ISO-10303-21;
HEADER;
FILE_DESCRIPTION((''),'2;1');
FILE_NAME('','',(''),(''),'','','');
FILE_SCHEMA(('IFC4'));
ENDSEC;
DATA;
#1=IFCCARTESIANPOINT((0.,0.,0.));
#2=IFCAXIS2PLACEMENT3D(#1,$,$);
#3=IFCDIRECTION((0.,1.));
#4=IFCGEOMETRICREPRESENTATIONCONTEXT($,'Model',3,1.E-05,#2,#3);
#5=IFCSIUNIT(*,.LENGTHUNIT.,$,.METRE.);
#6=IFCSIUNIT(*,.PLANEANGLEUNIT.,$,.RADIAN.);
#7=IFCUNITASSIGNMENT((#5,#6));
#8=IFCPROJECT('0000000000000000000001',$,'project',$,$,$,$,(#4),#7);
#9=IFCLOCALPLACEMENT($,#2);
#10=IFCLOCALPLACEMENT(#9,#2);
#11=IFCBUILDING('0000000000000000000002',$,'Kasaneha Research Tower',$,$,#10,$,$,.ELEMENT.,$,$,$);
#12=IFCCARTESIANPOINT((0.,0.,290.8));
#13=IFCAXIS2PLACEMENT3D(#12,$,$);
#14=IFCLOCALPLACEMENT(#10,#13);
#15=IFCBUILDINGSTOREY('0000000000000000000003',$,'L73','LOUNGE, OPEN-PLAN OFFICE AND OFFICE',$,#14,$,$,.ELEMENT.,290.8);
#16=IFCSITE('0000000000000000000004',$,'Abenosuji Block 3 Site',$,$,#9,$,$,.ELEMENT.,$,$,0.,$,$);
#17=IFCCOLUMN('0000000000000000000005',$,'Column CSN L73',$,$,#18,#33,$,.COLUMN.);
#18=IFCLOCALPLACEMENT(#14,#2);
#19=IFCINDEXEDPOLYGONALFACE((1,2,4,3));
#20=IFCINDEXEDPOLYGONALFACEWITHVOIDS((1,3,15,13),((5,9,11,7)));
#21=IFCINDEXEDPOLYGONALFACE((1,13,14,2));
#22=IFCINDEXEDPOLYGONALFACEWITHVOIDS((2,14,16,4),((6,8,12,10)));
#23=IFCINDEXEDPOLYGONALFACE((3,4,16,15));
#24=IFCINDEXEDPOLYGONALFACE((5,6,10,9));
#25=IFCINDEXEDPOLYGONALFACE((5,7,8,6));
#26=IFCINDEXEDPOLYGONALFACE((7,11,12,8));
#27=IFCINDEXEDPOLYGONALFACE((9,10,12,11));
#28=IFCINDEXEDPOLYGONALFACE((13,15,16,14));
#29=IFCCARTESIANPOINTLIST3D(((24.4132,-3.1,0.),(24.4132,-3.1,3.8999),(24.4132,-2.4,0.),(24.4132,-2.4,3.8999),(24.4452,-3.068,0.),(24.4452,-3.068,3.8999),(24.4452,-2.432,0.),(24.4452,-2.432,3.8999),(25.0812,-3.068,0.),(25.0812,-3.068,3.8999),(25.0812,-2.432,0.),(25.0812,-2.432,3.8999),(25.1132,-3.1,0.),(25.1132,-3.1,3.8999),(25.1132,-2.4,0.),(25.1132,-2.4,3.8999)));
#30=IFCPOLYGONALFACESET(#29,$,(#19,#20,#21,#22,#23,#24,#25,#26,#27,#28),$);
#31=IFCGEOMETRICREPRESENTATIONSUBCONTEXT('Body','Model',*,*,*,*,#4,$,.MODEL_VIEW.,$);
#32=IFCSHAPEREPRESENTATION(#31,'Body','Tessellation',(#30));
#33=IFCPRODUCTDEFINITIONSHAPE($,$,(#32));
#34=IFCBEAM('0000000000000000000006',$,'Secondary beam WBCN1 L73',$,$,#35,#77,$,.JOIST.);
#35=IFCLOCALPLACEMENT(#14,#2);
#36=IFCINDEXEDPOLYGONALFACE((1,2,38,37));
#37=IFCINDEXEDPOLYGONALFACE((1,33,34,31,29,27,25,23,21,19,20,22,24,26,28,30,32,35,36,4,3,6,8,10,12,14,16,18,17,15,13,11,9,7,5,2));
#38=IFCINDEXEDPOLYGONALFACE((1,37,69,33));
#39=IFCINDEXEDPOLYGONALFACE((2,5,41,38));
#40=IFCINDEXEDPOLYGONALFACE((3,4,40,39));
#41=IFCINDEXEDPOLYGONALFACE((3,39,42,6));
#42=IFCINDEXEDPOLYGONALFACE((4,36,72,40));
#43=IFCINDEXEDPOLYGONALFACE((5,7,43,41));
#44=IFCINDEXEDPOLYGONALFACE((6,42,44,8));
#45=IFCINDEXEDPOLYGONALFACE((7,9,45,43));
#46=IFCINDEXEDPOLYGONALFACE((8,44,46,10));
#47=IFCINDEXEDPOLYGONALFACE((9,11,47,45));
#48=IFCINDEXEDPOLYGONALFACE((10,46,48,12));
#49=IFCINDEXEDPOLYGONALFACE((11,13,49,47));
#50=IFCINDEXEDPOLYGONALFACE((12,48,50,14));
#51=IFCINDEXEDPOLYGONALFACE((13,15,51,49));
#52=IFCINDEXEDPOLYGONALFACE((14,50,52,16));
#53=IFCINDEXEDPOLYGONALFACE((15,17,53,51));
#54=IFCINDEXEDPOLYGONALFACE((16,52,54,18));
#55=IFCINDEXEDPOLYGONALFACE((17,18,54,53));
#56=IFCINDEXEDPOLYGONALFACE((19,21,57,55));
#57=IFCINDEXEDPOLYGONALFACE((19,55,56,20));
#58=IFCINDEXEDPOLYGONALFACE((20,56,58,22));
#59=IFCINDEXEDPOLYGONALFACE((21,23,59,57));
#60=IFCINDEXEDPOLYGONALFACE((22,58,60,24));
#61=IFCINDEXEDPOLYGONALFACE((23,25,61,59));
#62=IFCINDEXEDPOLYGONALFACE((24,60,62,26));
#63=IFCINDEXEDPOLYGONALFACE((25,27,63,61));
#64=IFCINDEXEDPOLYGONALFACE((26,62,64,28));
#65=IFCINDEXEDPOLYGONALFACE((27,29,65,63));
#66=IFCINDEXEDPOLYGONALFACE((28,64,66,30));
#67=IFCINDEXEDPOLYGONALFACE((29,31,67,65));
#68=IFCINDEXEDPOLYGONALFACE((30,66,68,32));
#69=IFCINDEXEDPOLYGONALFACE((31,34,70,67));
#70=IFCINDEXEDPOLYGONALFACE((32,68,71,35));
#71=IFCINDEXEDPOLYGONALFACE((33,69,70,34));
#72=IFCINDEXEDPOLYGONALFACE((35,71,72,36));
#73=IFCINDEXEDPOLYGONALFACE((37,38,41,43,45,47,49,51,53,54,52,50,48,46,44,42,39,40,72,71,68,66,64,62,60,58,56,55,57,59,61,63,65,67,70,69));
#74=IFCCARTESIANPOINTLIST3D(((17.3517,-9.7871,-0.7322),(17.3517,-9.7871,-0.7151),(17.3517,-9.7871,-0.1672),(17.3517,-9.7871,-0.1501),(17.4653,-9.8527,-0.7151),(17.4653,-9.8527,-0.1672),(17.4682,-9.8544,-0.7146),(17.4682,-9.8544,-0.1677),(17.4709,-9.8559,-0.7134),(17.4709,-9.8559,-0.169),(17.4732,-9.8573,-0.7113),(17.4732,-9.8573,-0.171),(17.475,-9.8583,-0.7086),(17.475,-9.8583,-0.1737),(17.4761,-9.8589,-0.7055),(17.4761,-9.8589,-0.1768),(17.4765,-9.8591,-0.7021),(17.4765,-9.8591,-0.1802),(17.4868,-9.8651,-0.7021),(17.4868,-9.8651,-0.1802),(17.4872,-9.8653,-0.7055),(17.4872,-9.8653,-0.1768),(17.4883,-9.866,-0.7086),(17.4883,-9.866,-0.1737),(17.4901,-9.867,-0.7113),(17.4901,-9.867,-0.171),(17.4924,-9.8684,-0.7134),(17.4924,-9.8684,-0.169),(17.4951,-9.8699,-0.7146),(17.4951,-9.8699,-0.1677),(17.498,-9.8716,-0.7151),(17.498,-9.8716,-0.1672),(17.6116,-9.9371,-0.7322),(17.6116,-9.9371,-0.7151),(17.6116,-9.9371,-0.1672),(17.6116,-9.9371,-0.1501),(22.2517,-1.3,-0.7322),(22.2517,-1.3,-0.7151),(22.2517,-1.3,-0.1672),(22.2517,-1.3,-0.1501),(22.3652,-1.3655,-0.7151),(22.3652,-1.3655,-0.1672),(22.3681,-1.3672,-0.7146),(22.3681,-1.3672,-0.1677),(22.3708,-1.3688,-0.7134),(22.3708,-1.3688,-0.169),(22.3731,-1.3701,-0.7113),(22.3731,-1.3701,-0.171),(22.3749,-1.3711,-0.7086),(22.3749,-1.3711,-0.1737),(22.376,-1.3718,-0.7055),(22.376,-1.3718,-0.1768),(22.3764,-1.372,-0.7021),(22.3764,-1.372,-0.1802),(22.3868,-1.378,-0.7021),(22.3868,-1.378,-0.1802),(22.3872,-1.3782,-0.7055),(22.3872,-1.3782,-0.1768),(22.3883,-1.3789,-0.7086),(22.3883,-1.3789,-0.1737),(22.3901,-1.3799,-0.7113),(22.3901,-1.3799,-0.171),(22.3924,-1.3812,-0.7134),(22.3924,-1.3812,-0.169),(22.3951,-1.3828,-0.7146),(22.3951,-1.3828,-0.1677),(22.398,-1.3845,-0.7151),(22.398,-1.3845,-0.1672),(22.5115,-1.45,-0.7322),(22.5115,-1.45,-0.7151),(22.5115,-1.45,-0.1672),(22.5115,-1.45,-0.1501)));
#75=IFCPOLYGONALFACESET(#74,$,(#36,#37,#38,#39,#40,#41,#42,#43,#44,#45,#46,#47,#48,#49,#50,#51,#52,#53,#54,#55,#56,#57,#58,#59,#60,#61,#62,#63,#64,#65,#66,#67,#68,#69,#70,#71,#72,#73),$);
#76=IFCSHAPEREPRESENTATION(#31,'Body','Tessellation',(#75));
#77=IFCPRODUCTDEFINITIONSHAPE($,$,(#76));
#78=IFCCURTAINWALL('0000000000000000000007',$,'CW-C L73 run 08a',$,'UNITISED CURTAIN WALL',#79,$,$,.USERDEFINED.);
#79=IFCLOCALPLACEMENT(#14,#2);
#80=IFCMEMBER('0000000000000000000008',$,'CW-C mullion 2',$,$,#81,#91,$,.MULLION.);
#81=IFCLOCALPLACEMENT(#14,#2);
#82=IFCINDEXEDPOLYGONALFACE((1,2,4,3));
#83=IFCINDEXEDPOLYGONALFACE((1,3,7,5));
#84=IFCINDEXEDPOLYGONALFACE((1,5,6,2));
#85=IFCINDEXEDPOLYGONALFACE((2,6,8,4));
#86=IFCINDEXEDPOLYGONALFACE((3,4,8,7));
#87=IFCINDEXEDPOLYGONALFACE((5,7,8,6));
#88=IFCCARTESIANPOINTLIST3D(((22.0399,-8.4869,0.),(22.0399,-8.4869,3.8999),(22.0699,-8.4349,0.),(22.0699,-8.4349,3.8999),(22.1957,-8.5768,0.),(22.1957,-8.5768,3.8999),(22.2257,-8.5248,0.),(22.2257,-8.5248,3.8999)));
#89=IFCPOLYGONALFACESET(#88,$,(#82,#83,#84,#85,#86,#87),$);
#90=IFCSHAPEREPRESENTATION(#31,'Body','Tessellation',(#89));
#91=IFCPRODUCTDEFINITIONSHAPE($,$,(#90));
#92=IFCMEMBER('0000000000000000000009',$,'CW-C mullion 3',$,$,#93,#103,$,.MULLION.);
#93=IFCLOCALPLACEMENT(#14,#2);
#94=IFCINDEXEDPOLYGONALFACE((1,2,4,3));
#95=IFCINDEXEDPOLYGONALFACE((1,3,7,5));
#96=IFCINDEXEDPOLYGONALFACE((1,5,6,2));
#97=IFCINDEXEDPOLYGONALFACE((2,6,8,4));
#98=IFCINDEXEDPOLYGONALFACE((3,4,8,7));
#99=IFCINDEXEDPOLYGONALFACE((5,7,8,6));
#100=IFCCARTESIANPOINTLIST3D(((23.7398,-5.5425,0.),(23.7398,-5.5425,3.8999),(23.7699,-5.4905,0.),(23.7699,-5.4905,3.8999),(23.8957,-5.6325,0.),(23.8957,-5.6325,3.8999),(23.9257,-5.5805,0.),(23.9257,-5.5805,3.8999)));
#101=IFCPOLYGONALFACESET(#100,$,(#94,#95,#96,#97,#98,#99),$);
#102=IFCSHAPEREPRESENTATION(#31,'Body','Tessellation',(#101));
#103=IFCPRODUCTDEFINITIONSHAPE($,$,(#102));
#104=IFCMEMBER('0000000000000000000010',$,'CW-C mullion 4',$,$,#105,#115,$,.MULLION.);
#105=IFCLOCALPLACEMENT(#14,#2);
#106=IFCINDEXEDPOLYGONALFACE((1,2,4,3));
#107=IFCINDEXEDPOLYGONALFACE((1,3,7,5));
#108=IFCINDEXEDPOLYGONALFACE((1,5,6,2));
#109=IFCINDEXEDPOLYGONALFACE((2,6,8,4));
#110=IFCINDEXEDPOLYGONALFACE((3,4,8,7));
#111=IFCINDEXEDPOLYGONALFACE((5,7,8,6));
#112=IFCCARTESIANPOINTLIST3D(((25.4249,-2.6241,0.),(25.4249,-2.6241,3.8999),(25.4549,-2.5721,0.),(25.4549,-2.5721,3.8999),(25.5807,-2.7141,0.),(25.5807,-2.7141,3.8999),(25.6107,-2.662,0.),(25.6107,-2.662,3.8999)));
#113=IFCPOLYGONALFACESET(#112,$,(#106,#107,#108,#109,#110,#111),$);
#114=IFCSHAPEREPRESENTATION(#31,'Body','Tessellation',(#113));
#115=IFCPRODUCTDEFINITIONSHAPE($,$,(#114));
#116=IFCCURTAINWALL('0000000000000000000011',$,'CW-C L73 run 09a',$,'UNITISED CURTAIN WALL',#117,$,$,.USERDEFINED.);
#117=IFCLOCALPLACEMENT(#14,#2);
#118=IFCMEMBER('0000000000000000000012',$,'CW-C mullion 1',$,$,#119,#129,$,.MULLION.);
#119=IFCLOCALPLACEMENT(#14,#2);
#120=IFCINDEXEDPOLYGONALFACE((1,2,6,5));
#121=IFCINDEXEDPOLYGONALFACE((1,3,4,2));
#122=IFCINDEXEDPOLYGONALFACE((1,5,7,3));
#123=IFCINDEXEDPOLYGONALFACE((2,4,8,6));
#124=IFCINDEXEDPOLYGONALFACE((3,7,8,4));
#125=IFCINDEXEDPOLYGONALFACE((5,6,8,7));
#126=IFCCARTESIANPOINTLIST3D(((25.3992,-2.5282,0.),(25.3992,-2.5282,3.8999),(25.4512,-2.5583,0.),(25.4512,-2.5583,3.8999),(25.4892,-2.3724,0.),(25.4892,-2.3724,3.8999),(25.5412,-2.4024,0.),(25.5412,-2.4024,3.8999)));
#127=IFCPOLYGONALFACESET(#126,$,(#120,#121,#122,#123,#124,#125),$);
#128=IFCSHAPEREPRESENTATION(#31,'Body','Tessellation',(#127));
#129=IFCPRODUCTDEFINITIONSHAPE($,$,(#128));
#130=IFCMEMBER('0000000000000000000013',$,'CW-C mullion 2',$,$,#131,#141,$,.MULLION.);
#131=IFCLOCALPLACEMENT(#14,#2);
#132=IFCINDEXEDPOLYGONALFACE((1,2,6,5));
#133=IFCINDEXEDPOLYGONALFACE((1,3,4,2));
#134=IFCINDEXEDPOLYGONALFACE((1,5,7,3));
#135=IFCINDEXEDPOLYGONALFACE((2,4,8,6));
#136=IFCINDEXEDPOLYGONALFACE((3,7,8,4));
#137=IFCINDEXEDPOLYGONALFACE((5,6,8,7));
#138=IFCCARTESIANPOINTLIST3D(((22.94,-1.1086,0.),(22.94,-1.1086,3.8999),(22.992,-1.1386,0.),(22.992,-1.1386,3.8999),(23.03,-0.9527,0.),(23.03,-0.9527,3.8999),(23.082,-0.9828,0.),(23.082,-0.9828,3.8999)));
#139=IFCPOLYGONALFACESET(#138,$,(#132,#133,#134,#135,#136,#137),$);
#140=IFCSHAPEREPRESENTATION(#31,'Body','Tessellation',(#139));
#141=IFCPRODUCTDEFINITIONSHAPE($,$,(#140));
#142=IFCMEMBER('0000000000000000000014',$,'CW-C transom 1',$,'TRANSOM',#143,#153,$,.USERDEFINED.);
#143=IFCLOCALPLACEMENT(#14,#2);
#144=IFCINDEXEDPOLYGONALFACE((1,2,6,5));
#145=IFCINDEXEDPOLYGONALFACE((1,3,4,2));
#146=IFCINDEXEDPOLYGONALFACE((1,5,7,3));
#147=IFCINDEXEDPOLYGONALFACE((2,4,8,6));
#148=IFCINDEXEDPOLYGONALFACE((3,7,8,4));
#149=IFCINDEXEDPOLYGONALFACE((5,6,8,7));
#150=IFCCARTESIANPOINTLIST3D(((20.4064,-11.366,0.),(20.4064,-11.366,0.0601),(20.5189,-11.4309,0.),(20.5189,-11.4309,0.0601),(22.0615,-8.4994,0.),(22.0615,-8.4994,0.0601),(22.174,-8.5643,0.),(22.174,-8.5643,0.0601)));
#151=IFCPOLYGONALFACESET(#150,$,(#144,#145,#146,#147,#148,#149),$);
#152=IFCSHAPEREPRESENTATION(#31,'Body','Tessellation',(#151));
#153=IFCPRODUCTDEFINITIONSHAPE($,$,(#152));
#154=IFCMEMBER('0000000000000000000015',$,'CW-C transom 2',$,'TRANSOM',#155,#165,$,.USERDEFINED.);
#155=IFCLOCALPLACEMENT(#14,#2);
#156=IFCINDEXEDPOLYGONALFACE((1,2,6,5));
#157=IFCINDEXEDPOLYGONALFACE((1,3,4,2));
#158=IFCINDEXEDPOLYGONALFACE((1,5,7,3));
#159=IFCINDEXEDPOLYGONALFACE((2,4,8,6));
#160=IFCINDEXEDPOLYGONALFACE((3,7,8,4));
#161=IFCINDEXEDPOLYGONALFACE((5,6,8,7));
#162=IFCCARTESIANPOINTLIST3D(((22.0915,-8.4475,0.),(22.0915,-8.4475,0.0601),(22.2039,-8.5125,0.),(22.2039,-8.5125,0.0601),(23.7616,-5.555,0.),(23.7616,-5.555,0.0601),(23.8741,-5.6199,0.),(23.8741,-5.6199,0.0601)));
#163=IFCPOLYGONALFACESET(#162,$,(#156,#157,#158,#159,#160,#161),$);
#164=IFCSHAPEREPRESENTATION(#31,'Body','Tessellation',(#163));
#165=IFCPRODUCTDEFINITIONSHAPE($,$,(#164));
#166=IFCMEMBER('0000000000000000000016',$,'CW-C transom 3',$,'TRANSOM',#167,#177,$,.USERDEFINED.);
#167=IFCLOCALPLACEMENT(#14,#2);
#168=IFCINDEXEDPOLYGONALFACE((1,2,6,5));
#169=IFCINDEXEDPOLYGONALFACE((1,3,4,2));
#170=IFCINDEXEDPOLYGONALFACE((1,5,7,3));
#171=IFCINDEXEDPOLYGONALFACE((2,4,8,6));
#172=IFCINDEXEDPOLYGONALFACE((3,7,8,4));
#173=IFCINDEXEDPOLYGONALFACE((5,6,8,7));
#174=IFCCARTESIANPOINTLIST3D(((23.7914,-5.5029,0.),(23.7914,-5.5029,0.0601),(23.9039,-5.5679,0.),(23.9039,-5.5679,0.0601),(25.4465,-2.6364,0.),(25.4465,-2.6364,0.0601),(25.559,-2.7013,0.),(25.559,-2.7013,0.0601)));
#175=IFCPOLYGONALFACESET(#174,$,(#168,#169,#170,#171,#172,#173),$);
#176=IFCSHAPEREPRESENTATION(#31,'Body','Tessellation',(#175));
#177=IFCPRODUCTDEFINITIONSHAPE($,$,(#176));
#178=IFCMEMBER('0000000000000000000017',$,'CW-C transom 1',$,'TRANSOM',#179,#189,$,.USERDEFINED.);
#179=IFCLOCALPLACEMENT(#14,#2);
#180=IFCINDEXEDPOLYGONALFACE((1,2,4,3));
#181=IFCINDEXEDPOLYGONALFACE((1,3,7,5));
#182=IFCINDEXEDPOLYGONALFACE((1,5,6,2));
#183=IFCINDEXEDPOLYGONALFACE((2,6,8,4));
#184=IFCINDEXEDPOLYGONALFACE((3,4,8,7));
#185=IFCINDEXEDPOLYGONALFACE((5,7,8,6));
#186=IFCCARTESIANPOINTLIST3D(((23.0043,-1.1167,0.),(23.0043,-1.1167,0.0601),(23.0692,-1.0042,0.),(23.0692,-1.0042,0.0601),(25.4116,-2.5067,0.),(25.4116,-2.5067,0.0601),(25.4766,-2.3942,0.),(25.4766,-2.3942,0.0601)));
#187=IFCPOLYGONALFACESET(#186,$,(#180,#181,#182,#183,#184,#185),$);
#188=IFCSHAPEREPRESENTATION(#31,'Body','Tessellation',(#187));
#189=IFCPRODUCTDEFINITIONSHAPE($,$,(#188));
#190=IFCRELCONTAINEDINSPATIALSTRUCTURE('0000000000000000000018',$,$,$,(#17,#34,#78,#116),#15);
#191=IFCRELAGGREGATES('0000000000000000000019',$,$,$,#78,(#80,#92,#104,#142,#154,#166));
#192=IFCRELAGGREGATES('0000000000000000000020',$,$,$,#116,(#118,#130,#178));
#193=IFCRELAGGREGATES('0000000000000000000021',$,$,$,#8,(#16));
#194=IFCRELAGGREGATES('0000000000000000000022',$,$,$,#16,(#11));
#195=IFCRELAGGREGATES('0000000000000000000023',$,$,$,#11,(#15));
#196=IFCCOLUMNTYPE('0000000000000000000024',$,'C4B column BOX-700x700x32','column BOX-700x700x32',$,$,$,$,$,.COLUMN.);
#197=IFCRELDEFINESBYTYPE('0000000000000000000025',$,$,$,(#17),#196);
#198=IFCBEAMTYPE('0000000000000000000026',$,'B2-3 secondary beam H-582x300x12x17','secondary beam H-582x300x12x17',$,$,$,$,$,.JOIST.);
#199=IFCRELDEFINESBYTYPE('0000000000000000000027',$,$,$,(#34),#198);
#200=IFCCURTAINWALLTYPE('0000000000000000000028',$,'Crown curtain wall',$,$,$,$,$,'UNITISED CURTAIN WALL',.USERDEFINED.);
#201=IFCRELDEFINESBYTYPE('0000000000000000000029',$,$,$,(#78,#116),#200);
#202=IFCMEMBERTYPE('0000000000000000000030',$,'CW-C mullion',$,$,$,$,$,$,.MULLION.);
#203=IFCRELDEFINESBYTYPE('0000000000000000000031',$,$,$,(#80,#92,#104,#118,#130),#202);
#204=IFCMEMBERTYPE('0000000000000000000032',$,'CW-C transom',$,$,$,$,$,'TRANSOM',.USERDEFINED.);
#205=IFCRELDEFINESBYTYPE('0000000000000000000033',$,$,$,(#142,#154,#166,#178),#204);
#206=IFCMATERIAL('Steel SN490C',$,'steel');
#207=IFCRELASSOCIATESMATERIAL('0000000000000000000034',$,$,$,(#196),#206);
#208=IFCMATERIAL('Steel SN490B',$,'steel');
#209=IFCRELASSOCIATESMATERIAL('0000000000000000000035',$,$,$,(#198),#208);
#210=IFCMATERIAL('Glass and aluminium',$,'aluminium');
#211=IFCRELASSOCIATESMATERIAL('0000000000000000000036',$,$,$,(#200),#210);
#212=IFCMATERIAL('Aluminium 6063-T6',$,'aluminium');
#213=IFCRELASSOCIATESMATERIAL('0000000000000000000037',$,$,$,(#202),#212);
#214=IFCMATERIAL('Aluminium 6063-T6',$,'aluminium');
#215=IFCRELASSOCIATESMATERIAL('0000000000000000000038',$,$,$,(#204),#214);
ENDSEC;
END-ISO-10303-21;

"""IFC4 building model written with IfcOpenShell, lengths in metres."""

from ifc_helpers import new_model, si_unit, direction, frame, origin, origin_2d, place, context, subcontext, project, spatial, rectangle, hollow_rectangle, i_section, extrude, material, material_profile, profile_set, type_object, element, aggregate, save


model = new_model("IFC4")

# Units and contexts
model_context = context("Model", 3, precision=1e-05, world=origin(), true_north=direction((0.0, 1.0)))
body_context = subcontext(model_context, "Body", "Model", "MODEL_VIEW")
ifc_project = project(units=[si_unit("LENGTHUNIT", "METRE"), si_unit("PLANEANGLEUNIT", "RADIAN")], contexts=[model_context])

# Site, building, storey
site_placement = place(None, origin())
site = spatial("IfcSite", under=ifc_project, at=site_placement, Name="Abenosuji Block 3 Site", CompositionType="ELEMENT", RefElevation=0.0)
building_placement = place(site_placement, origin())
building = spatial("IfcBuilding", under=site, at=building_placement, Name="Kasaneha Research Tower", CompositionType="ELEMENT")
storey_placement = place(building_placement, frame((0.0, 0.0, 290.8)))
storey = spatial("IfcBuildingStorey", under=building, at=storey_placement, Name="L73", Description="LOUNGE, OPEN-PLAN OFFICE AND OFFICE", CompositionType="ELEMENT", Elevation=290.8)

# Column
ifc_material_1 = material(Name="Steel SN490C", Category="steel")
ifc_material_profile_1 = material_profile(ifc_material_1, hollow_rectangle(XDim=0.7, YDim=0.7, WallThickness=0.032, at=origin_2d()), Name="BOX-700x700x32")
ifc_profile_set_1 = profile_set([ifc_material_profile_1], Name="Steel SN490C")
column_type = type_object("IfcColumnType", Name="C4B column BOX-700x700x32", Description="column BOX-700x700x32", PredefinedType="COLUMN", material=ifc_profile_set_1)
column_placement = place(storey_placement, frame((24.7632, -2.75, 0.0), z_axis=(0.0, 0.0, 1.0), x_axis=(1.0, 0.0, 0.0)))
element("IfcColumn", 1, at=column_placement, inside=storey, type_object=column_type, Name="Column CSN L73", PredefinedType="COLUMN", context=body_context, shape_type="SweptSolid", body=[
    extrude(hollow_rectangle(XDim=0.7, YDim=0.7, WallThickness=0.032, at=origin_2d()), origin(), (0.0, 0.0, 1.0), 3.8999),
])

# Beam
ifc_material_2 = material(Name="Steel SN490B", Category="steel")
ifc_material_profile_2 = material_profile(ifc_material_2, i_section(OverallWidth=0.3, OverallDepth=0.582, WebThickness=0.012, FlangeThickness=0.0171, FilletRadius=0.0129, at=origin_2d()), Name="H-582x300x12x17")
ifc_profile_set_2 = profile_set([ifc_material_profile_2], Name="Steel SN490B")
beam_type_1 = type_object("IfcBeamType", Name="B2-3 secondary beam H-582x300x12x17", Description="secondary beam H-582x300x12x17", PredefinedType="JOIST", material=ifc_profile_set_2)
beam_1_placement = place(storey_placement, frame((22.3816, -1.375, -0.4412), z_axis=(-0.499992, -0.86603, 0.0), x_axis=(0.86603, -0.499992, 0.0)))
element("IfcBeam", 2, at=beam_1_placement, inside=storey, type_object=beam_type_1, Name="Secondary beam WBCN1 L73", PredefinedType="JOIST", context=body_context, shape_type="SweptSolid", body=[
    extrude(i_section(OverallWidth=0.3, OverallDepth=0.582, WebThickness=0.012, FlangeThickness=0.0171, FilletRadius=0.0129, at=origin_2d()), origin(), (0.0, 0.0, 1.0), 9.8),
])

# Curtain walls, members
ifc_material_3 = material(Name="Glass and aluminium", Category="aluminium")
curtain_wall_type = type_object("IfcCurtainWallType", Name="Crown curtain wall", ElementType="UNITISED CURTAIN WALL", PredefinedType="USERDEFINED", material=ifc_material_3)
curtain_wall_1_placement = place(storey_placement, origin())
curtain_wall_1 = element("IfcCurtainWall", 3, at=curtain_wall_1_placement, inside=storey, type_object=curtain_wall_type, Name="CW-C L73 run 08a", ObjectType="UNITISED CURTAIN WALL", PredefinedType="USERDEFINED")
ifc_material_4 = material(Name="Aluminium 6063-T6", Category="aluminium")
ifc_material_profile_3 = material_profile(ifc_material_4, rectangle(XDim=0.0601, YDim=0.1799, at=origin_2d()), Name="CW-C mullion 60x180")
ifc_profile_set_3 = profile_set([ifc_material_profile_3], Name="Aluminium 6063-T6")
member_type_1 = type_object("IfcMemberType", Name="CW-C mullion", PredefinedType="MULLION", material=ifc_profile_set_3)
member_1_placement = place(storey_placement, frame((22.1328, -8.5059, 0.0), z_axis=(0.0, 0.0, 1.0), x_axis=(0.5, 0.866025, 0.0)))
member_1 = element("IfcMember", 4, at=member_1_placement, type_object=member_type_1, Name="CW-C mullion 2", PredefinedType="MULLION", context=body_context, shape_type="SweptSolid", body=[
    extrude(rectangle(XDim=0.0601, YDim=0.1799, at=origin_2d()), origin(), (0.0, 0.0, 1.0), 3.8999),
])
member_2_placement = place(storey_placement, frame((23.8328, -5.5615, 0.0), z_axis=(0.0, 0.0, 1.0), x_axis=(0.5, 0.866025, 0.0)))
member_2 = element("IfcMember", 5, at=member_2_placement, type_object=member_type_1, Name="CW-C mullion 3", PredefinedType="MULLION", context=body_context, shape_type="SweptSolid", body=[
    extrude(rectangle(XDim=0.0601, YDim=0.1799, at=origin_2d()), origin(), (0.0, 0.0, 1.0), 3.8999),
])
member_3_placement = place(storey_placement, frame((25.5178, -2.6431, 0.0), z_axis=(0.0, 0.0, 1.0), x_axis=(0.5, 0.866025, 0.0)))
member_3 = element("IfcMember", 6, at=member_3_placement, type_object=member_type_1, Name="CW-C mullion 4", PredefinedType="MULLION", context=body_context, shape_type="SweptSolid", body=[
    extrude(rectangle(XDim=0.0601, YDim=0.1799, at=origin_2d()), origin(), (0.0, 0.0, 1.0), 3.8999),
])
curtain_wall_2_placement = place(storey_placement, origin())
curtain_wall_2 = element("IfcCurtainWall", 7, at=curtain_wall_2_placement, inside=storey, type_object=curtain_wall_type, Name="CW-C L73 run 09a", ObjectType="UNITISED CURTAIN WALL", PredefinedType="USERDEFINED")
member_4_placement = place(storey_placement, frame((25.4702, -2.4653, 0.0), z_axis=(0.0, 0.0, 1.0), x_axis=(-0.866025, 0.5, 0.0)))
member_4 = element("IfcMember", 8, at=member_4_placement, type_object=member_type_1, Name="CW-C mullion 1", PredefinedType="MULLION", context=body_context, shape_type="SweptSolid", body=[
    extrude(rectangle(XDim=0.0601, YDim=0.1799, at=origin_2d()), origin(), (0.0, 0.0, 1.0), 3.8999),
])
member_5_placement = place(storey_placement, frame((23.011, -1.0457, 0.0), z_axis=(0.0, 0.0, 1.0), x_axis=(-0.866025, 0.5, 0.0)))
member_5 = element("IfcMember", 9, at=member_5_placement, type_object=member_type_1, Name="CW-C mullion 2", PredefinedType="MULLION", context=body_context, shape_type="SweptSolid", body=[
    extrude(rectangle(XDim=0.0601, YDim=0.1799, at=origin_2d()), origin(), (0.0, 0.0, 1.0), 3.8999),
])

# Members
ifc_material_5 = material(Name="Aluminium 6063-T6", Category="aluminium")
ifc_material_profile_4 = material_profile(ifc_material_5, rectangle(XDim=0.1299, YDim=0.0601, at=origin_2d()), Name="CW-C transom 130x60")
ifc_profile_set_4 = profile_set([ifc_material_profile_4], Name="Aluminium 6063-T6")
member_type_2 = type_object("IfcMemberType", Name="CW-C transom", ElementType="TRANSOM", PredefinedType="USERDEFINED", material=ifc_profile_set_4)
member_6_placement = place(storey_placement, frame((20.4626, -11.3984, 0.03), z_axis=(0.500018, 0.866015, 0.0), x_axis=(-0.866015, 0.500018, 0.0)))
member_6 = element("IfcMember", 10, at=member_6_placement, type_object=member_type_2, Name="CW-C transom 1", ObjectType="TRANSOM", PredefinedType="USERDEFINED", context=body_context, shape_type="SweptSolid", body=[
    extrude(rectangle(XDim=0.1299, YDim=0.0601, at=origin_2d()), origin(), (0.0, 0.0, 1.0), 3.3101),
])
member_7_placement = place(storey_placement, frame((22.1477, -8.48, 0.03), z_axis=(0.50003, 0.866008, 0.0), x_axis=(-0.866008, 0.50003, 0.0)))
member_7 = element("IfcMember", 11, at=member_7_placement, type_object=member_type_2, Name="CW-C transom 2", ObjectType="TRANSOM", PredefinedType="USERDEFINED", context=body_context, shape_type="SweptSolid", body=[
    extrude(rectangle(XDim=0.1299, YDim=0.0601, at=origin_2d()), origin(), (0.0, 0.0, 1.0), 3.3401),
])
member_8_placement = place(storey_placement, frame((23.8477, -5.5354, 0.03), z_axis=(0.500018, 0.866015, 0.0), x_axis=(-0.866015, 0.500018, 0.0)))
member_8 = element("IfcMember", 12, at=member_8_placement, type_object=member_type_2, Name="CW-C transom 3", ObjectType="TRANSOM", PredefinedType="USERDEFINED", context=body_context, shape_type="SweptSolid", body=[
    extrude(rectangle(XDim=0.1299, YDim=0.0601, at=origin_2d()), origin(), (0.0, 0.0, 1.0), 3.3101),
])
member_9_placement = place(storey_placement, frame((25.4441, -2.4504, 0.03), z_axis=(-0.866013, 0.500021, 0.0), x_axis=(-0.500021, -0.866013, 0.0)))
member_9 = element("IfcMember", 13, at=member_9_placement, type_object=member_type_2, Name="CW-C transom 1", ObjectType="TRANSOM", PredefinedType="USERDEFINED", context=body_context, shape_type="SweptSolid", body=[
    extrude(rectangle(XDim=0.1299, YDim=0.0601, at=origin_2d()), origin(), (0.0, 0.0, 1.0), 2.7798),
])

aggregate(curtain_wall_1, [member_1, member_2, member_3, member_6, member_7, member_8])
aggregate(curtain_wall_2, [member_4, member_5, member_9])

save(model, "model.ifc")
